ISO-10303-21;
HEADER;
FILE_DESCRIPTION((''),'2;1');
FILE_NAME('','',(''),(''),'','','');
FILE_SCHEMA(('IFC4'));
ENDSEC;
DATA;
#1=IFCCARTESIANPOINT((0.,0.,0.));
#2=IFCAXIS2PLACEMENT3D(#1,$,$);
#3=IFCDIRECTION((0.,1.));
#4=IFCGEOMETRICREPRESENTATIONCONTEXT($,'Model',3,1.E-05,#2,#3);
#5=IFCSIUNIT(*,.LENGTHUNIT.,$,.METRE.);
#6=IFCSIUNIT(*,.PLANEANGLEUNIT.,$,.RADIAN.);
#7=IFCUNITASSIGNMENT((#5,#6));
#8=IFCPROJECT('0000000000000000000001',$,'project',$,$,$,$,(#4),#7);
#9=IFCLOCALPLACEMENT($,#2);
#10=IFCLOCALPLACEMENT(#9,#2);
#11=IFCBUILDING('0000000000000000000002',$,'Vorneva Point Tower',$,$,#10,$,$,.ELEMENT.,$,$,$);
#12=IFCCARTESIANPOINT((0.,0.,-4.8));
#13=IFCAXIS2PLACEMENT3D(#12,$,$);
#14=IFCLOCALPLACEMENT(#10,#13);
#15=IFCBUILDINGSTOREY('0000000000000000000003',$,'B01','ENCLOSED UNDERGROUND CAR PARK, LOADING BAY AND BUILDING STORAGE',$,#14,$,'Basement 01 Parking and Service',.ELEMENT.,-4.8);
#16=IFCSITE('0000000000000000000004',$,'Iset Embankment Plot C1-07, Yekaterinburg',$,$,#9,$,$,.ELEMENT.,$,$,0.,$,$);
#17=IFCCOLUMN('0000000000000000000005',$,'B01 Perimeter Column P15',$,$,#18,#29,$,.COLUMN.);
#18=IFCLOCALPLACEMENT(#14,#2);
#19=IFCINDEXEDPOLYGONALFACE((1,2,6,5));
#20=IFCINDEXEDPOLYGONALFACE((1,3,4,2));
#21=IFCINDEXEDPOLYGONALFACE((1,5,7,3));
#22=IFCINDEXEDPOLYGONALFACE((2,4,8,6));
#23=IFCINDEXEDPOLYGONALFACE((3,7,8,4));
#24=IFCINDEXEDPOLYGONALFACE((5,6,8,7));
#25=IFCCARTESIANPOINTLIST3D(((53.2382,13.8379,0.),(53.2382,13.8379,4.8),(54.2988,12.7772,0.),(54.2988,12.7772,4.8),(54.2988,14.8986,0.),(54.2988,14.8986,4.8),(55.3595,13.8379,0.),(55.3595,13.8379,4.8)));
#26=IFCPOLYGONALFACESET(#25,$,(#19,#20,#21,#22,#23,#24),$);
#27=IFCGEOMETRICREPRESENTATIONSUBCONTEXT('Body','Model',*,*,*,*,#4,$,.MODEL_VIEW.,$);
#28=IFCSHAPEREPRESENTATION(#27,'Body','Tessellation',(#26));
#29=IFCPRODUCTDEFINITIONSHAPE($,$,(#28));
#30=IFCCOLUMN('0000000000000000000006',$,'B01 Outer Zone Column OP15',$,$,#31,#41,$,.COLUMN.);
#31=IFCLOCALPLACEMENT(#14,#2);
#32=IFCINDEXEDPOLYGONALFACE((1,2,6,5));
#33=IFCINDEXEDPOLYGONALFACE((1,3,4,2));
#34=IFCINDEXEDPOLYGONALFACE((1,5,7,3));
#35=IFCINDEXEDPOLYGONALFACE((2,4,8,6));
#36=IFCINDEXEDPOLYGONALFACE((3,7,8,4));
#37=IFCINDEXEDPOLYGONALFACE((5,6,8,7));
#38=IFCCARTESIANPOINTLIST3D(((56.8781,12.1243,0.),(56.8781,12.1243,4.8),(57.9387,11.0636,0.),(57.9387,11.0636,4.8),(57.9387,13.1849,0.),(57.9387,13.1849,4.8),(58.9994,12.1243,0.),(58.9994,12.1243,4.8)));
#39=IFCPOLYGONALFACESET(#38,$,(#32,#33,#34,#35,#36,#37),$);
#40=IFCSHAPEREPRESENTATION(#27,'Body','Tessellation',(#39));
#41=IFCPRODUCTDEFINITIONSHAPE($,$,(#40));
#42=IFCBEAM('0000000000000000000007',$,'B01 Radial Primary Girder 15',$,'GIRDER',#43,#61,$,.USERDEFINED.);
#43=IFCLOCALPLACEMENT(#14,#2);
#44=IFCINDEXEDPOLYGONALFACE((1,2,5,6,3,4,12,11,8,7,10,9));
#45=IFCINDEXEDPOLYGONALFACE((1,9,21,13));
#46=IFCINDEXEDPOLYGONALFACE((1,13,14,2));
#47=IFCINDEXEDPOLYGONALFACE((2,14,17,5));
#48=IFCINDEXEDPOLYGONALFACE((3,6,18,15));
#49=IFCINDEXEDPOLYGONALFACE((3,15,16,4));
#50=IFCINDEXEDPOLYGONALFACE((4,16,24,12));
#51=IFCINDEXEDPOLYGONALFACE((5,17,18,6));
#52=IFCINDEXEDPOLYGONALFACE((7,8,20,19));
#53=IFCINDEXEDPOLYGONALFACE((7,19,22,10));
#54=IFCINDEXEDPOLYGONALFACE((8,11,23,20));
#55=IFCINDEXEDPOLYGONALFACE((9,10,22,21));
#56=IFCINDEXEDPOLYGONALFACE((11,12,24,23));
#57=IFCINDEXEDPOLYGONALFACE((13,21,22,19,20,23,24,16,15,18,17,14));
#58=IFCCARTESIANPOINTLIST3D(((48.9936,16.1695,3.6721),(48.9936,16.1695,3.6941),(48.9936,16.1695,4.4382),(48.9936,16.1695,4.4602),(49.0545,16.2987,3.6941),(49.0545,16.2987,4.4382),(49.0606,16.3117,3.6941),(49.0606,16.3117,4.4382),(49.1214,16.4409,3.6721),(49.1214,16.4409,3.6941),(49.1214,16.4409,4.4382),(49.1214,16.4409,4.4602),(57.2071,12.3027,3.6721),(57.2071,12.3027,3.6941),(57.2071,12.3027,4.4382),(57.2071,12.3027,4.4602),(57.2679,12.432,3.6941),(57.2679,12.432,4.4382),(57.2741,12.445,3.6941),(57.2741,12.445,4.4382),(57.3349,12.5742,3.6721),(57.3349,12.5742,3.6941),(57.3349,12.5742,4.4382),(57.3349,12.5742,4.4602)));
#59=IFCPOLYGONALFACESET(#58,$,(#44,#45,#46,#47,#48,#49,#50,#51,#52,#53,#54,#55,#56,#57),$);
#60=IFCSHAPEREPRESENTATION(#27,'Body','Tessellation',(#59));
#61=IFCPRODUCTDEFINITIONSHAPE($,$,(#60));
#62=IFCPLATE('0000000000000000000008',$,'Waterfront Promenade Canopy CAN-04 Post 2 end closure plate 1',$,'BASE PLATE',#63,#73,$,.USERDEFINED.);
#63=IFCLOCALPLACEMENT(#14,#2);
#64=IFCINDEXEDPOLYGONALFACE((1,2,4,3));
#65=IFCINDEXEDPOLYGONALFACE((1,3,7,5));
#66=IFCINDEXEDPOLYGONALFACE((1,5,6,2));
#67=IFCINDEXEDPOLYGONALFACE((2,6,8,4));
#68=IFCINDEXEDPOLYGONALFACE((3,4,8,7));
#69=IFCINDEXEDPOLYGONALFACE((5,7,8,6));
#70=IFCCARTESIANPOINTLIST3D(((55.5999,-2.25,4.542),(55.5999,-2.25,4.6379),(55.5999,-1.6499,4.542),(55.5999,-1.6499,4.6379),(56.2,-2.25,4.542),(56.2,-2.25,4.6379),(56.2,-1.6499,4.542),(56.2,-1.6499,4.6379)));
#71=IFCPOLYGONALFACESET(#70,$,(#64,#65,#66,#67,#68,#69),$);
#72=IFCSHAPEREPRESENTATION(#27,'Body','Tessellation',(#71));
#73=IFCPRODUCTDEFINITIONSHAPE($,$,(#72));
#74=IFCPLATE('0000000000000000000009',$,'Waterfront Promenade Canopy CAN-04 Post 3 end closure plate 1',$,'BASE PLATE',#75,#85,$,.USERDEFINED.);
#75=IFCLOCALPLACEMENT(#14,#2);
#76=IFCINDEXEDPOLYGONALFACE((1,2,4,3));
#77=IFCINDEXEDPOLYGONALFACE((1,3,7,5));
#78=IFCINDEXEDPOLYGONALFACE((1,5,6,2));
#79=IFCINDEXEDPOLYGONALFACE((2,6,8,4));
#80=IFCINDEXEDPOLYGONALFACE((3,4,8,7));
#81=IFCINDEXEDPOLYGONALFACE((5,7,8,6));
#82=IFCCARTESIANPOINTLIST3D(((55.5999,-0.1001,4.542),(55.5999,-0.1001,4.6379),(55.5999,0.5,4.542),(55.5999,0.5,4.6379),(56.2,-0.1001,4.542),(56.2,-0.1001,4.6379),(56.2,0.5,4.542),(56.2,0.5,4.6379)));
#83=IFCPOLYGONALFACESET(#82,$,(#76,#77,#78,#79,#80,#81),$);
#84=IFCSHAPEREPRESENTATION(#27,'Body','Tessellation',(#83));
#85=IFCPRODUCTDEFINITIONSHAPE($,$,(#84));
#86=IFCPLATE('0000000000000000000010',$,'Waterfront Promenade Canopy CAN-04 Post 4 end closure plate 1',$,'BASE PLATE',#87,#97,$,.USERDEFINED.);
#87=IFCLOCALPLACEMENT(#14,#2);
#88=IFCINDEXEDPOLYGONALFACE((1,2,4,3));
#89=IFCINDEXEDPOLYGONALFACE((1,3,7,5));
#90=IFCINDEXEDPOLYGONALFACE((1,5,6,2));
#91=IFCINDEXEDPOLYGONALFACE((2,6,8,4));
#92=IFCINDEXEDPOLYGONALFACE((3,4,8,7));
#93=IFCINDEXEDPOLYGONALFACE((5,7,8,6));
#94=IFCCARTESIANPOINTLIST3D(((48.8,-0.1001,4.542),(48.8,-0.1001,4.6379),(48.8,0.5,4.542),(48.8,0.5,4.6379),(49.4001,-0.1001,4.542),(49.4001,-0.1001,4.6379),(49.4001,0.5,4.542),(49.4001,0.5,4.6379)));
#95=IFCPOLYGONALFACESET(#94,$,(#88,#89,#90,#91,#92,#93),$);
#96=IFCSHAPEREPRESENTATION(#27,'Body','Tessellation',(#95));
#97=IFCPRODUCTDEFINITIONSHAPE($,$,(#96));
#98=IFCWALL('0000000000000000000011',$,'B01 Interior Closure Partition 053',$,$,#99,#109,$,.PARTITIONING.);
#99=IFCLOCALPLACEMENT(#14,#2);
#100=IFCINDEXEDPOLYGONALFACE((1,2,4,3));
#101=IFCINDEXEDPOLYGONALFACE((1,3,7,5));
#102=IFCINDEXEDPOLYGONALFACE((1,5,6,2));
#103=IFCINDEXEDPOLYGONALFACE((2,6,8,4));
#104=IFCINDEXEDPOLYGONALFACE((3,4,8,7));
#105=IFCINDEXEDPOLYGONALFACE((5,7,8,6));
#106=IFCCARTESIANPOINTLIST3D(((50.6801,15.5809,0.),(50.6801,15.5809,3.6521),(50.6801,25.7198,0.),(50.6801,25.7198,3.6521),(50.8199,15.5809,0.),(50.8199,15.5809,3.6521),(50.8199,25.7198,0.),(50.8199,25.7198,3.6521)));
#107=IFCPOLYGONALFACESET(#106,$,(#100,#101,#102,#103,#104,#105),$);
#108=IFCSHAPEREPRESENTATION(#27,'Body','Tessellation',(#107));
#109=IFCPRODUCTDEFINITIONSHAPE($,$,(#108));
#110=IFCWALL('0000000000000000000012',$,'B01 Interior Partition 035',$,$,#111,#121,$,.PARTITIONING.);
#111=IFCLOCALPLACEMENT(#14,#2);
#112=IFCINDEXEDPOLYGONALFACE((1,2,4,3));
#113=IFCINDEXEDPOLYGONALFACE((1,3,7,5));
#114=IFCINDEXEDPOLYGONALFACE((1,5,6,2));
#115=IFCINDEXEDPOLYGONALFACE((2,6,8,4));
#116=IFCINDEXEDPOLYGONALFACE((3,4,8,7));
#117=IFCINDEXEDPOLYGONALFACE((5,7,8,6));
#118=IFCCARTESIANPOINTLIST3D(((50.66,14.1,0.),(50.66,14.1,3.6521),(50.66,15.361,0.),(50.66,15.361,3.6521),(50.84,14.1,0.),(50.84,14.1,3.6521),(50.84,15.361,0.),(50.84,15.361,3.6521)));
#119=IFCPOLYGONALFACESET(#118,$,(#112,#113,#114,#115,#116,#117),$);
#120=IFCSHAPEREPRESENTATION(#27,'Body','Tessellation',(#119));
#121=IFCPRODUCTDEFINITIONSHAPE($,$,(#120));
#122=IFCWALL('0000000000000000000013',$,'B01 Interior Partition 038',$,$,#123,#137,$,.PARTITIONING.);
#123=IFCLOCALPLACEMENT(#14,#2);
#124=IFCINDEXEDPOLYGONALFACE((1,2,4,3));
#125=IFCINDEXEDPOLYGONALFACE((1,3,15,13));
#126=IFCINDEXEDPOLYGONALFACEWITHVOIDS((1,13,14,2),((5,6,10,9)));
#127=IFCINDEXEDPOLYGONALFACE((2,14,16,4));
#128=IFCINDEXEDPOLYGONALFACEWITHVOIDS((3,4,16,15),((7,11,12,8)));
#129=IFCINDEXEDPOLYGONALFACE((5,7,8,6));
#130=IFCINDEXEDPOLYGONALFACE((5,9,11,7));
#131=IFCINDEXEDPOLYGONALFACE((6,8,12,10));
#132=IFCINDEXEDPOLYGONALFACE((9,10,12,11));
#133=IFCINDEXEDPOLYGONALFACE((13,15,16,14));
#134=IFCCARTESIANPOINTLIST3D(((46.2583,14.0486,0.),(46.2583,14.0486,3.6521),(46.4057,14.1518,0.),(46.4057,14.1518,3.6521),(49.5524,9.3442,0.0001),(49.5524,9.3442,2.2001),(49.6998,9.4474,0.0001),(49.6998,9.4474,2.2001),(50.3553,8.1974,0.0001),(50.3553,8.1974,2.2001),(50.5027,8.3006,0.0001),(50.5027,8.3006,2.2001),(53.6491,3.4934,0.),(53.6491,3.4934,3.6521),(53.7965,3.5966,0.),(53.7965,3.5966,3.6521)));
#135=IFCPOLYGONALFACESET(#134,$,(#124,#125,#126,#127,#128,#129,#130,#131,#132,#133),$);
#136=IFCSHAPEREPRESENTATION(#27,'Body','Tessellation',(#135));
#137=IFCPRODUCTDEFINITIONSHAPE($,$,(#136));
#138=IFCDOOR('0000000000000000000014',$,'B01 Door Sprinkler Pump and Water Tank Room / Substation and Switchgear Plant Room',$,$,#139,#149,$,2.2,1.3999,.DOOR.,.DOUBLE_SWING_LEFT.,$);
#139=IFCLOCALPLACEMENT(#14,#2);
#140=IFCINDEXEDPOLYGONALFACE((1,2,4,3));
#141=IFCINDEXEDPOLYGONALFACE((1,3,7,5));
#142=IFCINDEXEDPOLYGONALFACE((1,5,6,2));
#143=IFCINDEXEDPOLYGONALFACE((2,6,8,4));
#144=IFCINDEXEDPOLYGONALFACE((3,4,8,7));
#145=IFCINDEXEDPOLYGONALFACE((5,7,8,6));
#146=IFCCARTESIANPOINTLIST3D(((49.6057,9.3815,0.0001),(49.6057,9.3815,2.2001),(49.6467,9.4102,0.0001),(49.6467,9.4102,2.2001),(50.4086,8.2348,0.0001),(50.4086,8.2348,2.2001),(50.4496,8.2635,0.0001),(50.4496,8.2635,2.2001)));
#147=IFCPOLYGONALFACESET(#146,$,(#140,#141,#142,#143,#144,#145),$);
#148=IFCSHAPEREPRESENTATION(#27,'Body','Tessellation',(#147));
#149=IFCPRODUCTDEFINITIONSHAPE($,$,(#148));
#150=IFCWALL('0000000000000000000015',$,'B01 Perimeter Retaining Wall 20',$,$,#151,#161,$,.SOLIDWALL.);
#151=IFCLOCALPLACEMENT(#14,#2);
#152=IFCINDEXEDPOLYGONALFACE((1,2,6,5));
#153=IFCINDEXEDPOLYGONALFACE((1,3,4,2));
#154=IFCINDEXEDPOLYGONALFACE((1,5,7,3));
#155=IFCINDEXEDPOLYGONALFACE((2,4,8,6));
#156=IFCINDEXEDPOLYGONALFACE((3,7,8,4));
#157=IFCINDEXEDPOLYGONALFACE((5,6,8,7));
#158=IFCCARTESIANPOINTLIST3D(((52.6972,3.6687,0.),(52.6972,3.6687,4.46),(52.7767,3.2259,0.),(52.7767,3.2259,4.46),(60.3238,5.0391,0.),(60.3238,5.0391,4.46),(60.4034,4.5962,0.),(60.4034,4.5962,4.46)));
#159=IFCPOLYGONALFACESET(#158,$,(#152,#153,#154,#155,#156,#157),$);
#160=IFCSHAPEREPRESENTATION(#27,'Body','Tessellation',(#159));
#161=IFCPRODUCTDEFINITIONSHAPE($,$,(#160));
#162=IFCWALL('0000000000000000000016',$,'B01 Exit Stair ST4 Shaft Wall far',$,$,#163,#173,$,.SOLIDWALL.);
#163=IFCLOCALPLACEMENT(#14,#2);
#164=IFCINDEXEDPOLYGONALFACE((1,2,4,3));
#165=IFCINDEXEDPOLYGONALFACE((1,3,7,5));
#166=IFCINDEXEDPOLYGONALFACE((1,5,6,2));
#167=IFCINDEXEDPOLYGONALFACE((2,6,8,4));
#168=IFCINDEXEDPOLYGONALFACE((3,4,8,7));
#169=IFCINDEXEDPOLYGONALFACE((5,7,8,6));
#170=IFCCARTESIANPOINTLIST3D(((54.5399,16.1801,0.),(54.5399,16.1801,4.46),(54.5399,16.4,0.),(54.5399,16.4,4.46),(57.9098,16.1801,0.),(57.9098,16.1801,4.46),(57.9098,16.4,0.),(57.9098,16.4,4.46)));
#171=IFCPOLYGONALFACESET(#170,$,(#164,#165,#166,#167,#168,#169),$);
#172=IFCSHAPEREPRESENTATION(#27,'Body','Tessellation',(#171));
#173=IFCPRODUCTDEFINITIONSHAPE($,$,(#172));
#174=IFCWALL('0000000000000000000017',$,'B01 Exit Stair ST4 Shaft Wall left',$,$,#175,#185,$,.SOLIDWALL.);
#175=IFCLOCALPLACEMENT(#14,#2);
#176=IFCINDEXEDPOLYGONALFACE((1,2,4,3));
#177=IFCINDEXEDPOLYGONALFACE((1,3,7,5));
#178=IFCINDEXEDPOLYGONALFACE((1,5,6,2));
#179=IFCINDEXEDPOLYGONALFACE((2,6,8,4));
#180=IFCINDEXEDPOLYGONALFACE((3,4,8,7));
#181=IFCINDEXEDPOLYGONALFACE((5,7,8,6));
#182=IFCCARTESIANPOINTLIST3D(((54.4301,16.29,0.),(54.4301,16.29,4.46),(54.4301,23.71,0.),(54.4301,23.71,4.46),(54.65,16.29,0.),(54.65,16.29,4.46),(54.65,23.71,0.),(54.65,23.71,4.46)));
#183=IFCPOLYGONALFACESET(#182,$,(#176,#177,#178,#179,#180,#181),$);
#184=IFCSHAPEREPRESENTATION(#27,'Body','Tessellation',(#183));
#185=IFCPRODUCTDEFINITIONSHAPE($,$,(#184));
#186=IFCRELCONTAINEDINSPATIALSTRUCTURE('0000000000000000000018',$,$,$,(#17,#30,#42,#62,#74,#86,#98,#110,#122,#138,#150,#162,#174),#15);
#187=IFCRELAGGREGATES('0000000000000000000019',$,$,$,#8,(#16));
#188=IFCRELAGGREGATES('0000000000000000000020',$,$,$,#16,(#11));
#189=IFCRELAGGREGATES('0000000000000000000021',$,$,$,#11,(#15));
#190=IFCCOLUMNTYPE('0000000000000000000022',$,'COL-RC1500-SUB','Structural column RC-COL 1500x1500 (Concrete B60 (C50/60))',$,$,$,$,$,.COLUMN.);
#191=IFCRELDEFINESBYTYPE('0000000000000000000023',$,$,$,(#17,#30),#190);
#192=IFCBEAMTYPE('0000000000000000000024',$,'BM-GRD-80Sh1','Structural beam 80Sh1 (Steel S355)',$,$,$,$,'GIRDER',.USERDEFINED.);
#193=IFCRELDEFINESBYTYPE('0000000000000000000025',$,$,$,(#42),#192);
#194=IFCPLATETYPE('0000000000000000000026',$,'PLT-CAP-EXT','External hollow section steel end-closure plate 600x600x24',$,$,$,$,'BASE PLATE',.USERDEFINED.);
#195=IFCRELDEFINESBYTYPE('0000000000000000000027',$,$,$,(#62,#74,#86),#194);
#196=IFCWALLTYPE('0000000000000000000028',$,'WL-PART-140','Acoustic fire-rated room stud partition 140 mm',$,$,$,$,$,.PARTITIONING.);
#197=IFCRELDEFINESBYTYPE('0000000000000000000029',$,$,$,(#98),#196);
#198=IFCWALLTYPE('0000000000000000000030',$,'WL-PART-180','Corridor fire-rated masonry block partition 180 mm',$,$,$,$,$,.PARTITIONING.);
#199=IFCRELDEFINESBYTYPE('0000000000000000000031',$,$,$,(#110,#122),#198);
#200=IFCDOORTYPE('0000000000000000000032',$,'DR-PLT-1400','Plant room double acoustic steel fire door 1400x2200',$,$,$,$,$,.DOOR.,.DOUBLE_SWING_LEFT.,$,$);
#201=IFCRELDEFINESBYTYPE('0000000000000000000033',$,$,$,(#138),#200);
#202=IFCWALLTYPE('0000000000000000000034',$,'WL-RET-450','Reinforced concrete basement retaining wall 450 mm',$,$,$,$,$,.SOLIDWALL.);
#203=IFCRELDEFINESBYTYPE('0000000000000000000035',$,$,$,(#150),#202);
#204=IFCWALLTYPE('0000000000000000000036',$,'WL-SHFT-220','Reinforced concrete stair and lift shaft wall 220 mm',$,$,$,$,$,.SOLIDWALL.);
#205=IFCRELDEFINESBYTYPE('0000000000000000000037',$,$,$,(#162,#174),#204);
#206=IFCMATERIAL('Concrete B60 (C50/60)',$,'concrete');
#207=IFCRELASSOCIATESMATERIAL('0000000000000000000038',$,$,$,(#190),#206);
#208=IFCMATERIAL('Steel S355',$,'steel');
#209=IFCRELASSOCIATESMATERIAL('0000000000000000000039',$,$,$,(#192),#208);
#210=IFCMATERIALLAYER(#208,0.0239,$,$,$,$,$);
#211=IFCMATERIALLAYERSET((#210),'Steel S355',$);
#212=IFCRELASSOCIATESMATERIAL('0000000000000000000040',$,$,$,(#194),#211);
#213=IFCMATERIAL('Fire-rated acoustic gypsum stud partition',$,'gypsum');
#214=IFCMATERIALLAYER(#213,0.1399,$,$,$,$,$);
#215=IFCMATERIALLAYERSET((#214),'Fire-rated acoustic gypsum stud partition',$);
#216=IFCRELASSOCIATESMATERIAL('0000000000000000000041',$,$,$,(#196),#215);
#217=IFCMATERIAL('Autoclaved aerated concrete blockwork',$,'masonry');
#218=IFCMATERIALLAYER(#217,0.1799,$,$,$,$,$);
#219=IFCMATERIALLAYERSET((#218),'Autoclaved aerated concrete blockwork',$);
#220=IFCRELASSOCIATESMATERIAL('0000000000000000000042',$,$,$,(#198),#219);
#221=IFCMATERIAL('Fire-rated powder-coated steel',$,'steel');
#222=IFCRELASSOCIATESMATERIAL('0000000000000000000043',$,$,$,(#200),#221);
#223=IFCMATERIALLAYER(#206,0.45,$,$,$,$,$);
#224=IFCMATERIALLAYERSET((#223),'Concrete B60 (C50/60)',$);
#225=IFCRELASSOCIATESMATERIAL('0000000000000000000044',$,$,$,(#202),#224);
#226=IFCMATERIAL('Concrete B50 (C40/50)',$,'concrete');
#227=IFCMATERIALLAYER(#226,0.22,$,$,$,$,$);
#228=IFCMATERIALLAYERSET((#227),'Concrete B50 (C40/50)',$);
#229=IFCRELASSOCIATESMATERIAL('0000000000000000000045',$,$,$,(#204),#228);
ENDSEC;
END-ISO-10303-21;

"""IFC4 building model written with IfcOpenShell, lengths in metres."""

from ifc_helpers import new_model, si_unit, direction, frame, frame_2d, origin, origin_2d, place, context, subcontext, project, spatial, rectangle, i_section, extrude, material, layer, layer_set, material_profile, profile_set, type_object, element, fill, save


model = new_model("IFC4")

# Units and contexts
model_context = context("Model", 3, precision=1e-05, world=origin(), true_north=direction((0.0, 1.0)))
body_context = subcontext(model_context, "Body", "Model", "MODEL_VIEW")
ifc_project = project(units=[si_unit("LENGTHUNIT", "METRE"), si_unit("PLANEANGLEUNIT", "RADIAN")], contexts=[model_context])

# Site, building, storey
site_placement = place(None, origin())
site = spatial("IfcSite", under=ifc_project, at=site_placement, Name="Iset Embankment Plot C1-07, Yekaterinburg", CompositionType="ELEMENT", RefElevation=0.0)
building_placement = place(site_placement, origin())
building = spatial("IfcBuilding", under=site, at=building_placement, Name="Vorneva Point Tower", CompositionType="ELEMENT")
storey_placement = place(building_placement, frame((0.0, 0.0, -4.8)))
storey = spatial("IfcBuildingStorey", under=building, at=storey_placement, Name="B01", Description="ENCLOSED UNDERGROUND CAR PARK, LOADING BAY AND BUILDING STORAGE", LongName="Basement 01 Parking and Service", CompositionType="ELEMENT", Elevation=-4.8)

# Columns
ifc_material_1 = material(Name="Concrete B60 (C50/60)", Category="concrete")
ifc_material_profile_1 = material_profile(ifc_material_1, rectangle(XDim=1.5, YDim=1.5, at=origin_2d()), Name="RC-COL 1500x1500")
ifc_profile_set_1 = profile_set([ifc_material_profile_1], Name="Concrete B60 (C50/60)")
column_type = type_object("IfcColumnType", Name="COL-RC1500-SUB", Description="Structural column RC-COL 1500x1500 (Concrete B60 (C50/60))", PredefinedType="COLUMN", material=ifc_profile_set_1)
for number, where, z_axis, x_axis, name in (
    (1, (54.2988, 13.8379, 0.0), (0.0, 0.0, 1.0), (0.707107, -0.707107, 0.0), "B01 Perimeter Column P15"),
    (2, (57.9387, 12.1243, 0.0), (0.0, 0.0, 1.0), (0.707107, -0.707107, 0.0), "B01 Outer Zone Column OP15"),
):
    element("IfcColumn", number, at=place(storey_placement, frame(where, z_axis=z_axis, x_axis=x_axis)), inside=storey, type_object=column_type, Name=name, PredefinedType="COLUMN", context=body_context, shape_type="SweptSolid", body=[
        extrude(rectangle(XDim=1.5, YDim=1.5, at=origin_2d()), origin(), (0.0, 0.0, 1.0), 4.8),
    ])

# Beam
ifc_material_2 = material(Name="Steel S355", Category="steel")
ifc_material_profile_2 = material_profile(ifc_material_2, i_section(OverallWidth=0.3, OverallDepth=0.7881, WebThickness=0.0144, FlangeThickness=0.022, at=origin_2d()), Name="80Sh1")
ifc_profile_set_2 = profile_set([ifc_material_profile_2], Name="Steel S355")
beam_type = type_object("IfcBeamType", Name="BM-GRD-80Sh1", Description="Structural beam 80Sh1 (Steel S355)", ElementType="GIRDER", PredefinedType="USERDEFINED", material=ifc_profile_set_2)
beam_placement = place(storey_placement, frame((57.271, 12.4385, 4.0662), z_axis=(-0.904752, 0.425939, 0.0), x_axis=(-0.425939, -0.904752, 0.0)))
element("IfcBeam", 3, at=beam_placement, inside=storey, type_object=beam_type, Name="B01 Radial Primary Girder 15", ObjectType="GIRDER", PredefinedType="USERDEFINED", context=body_context, shape_type="SweptSolid", body=[
    extrude(i_section(OverallWidth=0.3, OverallDepth=0.7881, WebThickness=0.0144, FlangeThickness=0.022, at=origin_2d()), origin(), (0.0, 0.0, 1.0), 9.0781),
])

# Plates
ifc_layer_1 = layer(ifc_material_2, 0.0239)
ifc_layer_set_1 = layer_set([ifc_layer_1], Name="Steel S355")
plate_type = type_object("IfcPlateType", Name="PLT-CAP-EXT", Description="External hollow section steel end-closure plate 600x600x24", ElementType="BASE PLATE", PredefinedType="USERDEFINED", material=ifc_layer_set_1)
for number, where, z_axis, x_axis, name in (
    (4, (55.8999, -1.95, 4.542), (0.0, 0.0, 1.0), (1.0, 0.0, 0.0), "Waterfront Promenade Canopy CAN-04 Post 2 end closure plate 1"),
    (5, (55.8999, 0.2, 4.542), (0.0, 0.0, 1.0), (1.0, 0.0, 0.0), "Waterfront Promenade Canopy CAN-04 Post 3 end closure plate 1"),
    (6, (49.1001, 0.2, 4.542), (0.0, 0.0, 1.0), (1.0, 0.0, 0.0), "Waterfront Promenade Canopy CAN-04 Post 4 end closure plate 1"),
):
    element("IfcPlate", number, at=place(storey_placement, frame(where, z_axis=z_axis, x_axis=x_axis)), inside=storey, type_object=plate_type, Name=name, ObjectType="BASE PLATE", PredefinedType="USERDEFINED", context=body_context, shape_type="SweptSolid", body=[
        extrude(rectangle(XDim=0.6001, YDim=0.6001, at=origin_2d()), origin(), (0.0, 0.0, 1.0), 0.0959),
    ])

# Walls
ifc_material_3 = material(Name="Fire-rated acoustic gypsum stud partition", Category="gypsum")
ifc_layer_2 = layer(ifc_material_3, 0.1399)
ifc_layer_set_2 = layer_set([ifc_layer_2], Name="Fire-rated acoustic gypsum stud partition")
wall_type_1 = type_object("IfcWallType", Name="WL-PART-140", Description="Acoustic fire-rated room stud partition 140 mm", PredefinedType="PARTITIONING", material=ifc_layer_set_2)
wall_1_placement = place(storey_placement, frame((50.75, 15.5811, 0.0), z_axis=(0.0, 0.0, 1.0), x_axis=(0.0, 1.0, 0.0)))
element("IfcWall", 7, at=wall_1_placement, inside=storey, type_object=wall_type_1, Name="B01 Interior Closure Partition 053", PredefinedType="PARTITIONING", context=body_context, shape_type="SweptSolid", body=[
    extrude(rectangle(XDim=10.1389, YDim=0.1399, at=frame_2d((5.0693, 0.0))), origin(), (0.0, 0.0, 1.0), 3.6521),
])
ifc_material_4 = material(Name="Autoclaved aerated concrete blockwork", Category="masonry")
ifc_layer_3 = layer(ifc_material_4, 0.1799)
ifc_layer_set_3 = layer_set([ifc_layer_3], Name="Autoclaved aerated concrete blockwork")
wall_type_2 = type_object("IfcWallType", Name="WL-PART-180", Description="Corridor fire-rated masonry block partition 180 mm", PredefinedType="PARTITIONING", material=ifc_layer_set_3)
wall_2_placement = place(storey_placement, frame((50.75, 14.1001, 0.0), z_axis=(0.0, 0.0, 1.0), x_axis=(0.0, 1.0, 0.0)))
element("IfcWall", 8, at=wall_2_placement, inside=storey, type_object=wall_type_2, Name="B01 Interior Partition 035", PredefinedType="PARTITIONING", context=body_context, shape_type="SweptSolid", body=[
    extrude(rectangle(XDim=1.261, YDim=0.1799, at=frame_2d((0.6304, 0.0))), origin(), (0.0, 0.0, 1.0), 3.6521),
])

# Wall, opening, door
wall_3_placement = place(storey_placement, frame((53.7229, 3.5449, 0.0), z_axis=(0.0, 0.0, 1.0), x_axis=(-0.573579, 0.81915, 0.0)))
wall_3 = element("IfcWall", 9, at=wall_3_placement, inside=storey, type_object=wall_type_2, Name="B01 Interior Partition 038", PredefinedType="PARTITIONING", context=body_context, shape_type="SweptSolid", body=[
    extrude(rectangle(XDim=12.8855, YDim=0.1799, at=frame_2d((6.4429, 0.0))), origin(), (0.0, 0.0, 1.0), 3.6521),
])
opening_placement = place(wall_3_placement, frame((5.7427, 0.0, 0.0)))
opening = element("IfcOpeningElement", 10, at=opening_placement, cuts=wall_3, PredefinedType="OPENING", context=body_context, shape_type="SweptSolid", body=[
    extrude(rectangle(XDim=1.3999, YDim=2.2, at=frame_2d((0.7, 1.1001))), frame((0.0, 0.105, 0.0), z_axis=(0.0, -1.0, 0.0), x_axis=(1.0, 0.0, 0.0)), (0.0, 0.0, 1.0), 0.2097),
])
ifc_material_5 = material(Name="Fire-rated powder-coated steel", Category="steel")
door_type = type_object("IfcDoorType", Name="DR-PLT-1400", Description="Plant room double acoustic steel fire door 1400x2200", OperationType="DOUBLE_SWING_LEFT", PredefinedType="DOOR", material=ifc_material_5)
door_placement = place(opening_placement, origin())
door = element("IfcDoor", 11, at=door_placement, inside=storey, type_object=door_type, Name="B01 Door Sprinkler Pump and Water Tank Room / Substation and Switchgear Plant Room", OperationType="DOUBLE_SWING_LEFT", OverallHeight=2.2, OverallWidth=1.3999, PredefinedType="DOOR", context=body_context, shape_type="SweptSolid", body=[
    extrude(rectangle(XDim=1.3999, YDim=2.2, at=frame_2d((0.7, 1.1001))), frame((0.0, 0.0249, 0.0), z_axis=(0.0, -1.0, 0.0), x_axis=(1.0, 0.0, 0.0)), (0.0, 0.0, 1.0), 0.05),
])
fill(opening, door)

# Walls
ifc_layer_4 = layer(ifc_material_1, 0.45)
ifc_layer_set_4 = layer_set([ifc_layer_4], Name="Concrete B60 (C50/60)")
wall_type_3 = type_object("IfcWallType", Name="WL-RET-450", Description="Reinforced concrete basement retaining wall 450 mm", PredefinedType="SOLIDWALL", material=ifc_layer_set_4)
wall_4_placement = place(storey_placement, frame((52.7368, 3.4473, 0.0), z_axis=(0.0, 0.0, 1.0), x_axis=(0.984238, 0.176847, 0.0)))
element("IfcWall", 12, at=wall_4_placement, inside=storey, type_object=wall_type_3, Name="B01 Perimeter Retaining Wall 20", PredefinedType="SOLIDWALL", context=body_context, shape_type="SweptSolid", body=[
    extrude(rectangle(XDim=7.7488, YDim=0.45, at=frame_2d((3.8745, 0.0))), origin(), (0.0, 0.0, 1.0), 4.46),
])
ifc_material_6 = material(Name="Concrete B50 (C40/50)", Category="concrete")
ifc_layer_5 = layer(ifc_material_6, 0.22)
ifc_layer_set_5 = layer_set([ifc_layer_5], Name="Concrete B50 (C40/50)")
wall_type_4 = type_object("IfcWallType", Name="WL-SHFT-220", Description="Reinforced concrete stair and lift shaft wall 220 mm", PredefinedType="SOLIDWALL", material=ifc_layer_set_5)
wall_5_placement = place(storey_placement, frame((57.9099, 16.29, 0.0), z_axis=(0.0, 0.0, 1.0), x_axis=(-1.0, 0.0, 0.0)))
element("IfcWall", 13, at=wall_5_placement, inside=storey, type_object=wall_type_4, Name="B01 Exit Stair ST4 Shaft Wall far", PredefinedType="SOLIDWALL", context=body_context, shape_type="SweptSolid", body=[
    extrude(rectangle(XDim=3.3699, YDim=0.22, at=frame_2d((1.6851, 0.0))), origin(), (0.0, 0.0, 1.0), 4.46),
])
wall_6_placement = place(storey_placement, frame((54.54, 16.29, 0.0), z_axis=(0.0, 0.0, 1.0), x_axis=(0.0, 1.0, 0.0)))
element("IfcWall", 14, at=wall_6_placement, inside=storey, type_object=wall_type_4, Name="B01 Exit Stair ST4 Shaft Wall left", PredefinedType="SOLIDWALL", context=body_context, shape_type="SweptSolid", body=[
    extrude(rectangle(XDim=7.4199, YDim=0.22, at=frame_2d((3.71, 0.0))), origin(), (0.0, 0.0, 1.0), 4.46),
])

save(model, "model.ifc")
